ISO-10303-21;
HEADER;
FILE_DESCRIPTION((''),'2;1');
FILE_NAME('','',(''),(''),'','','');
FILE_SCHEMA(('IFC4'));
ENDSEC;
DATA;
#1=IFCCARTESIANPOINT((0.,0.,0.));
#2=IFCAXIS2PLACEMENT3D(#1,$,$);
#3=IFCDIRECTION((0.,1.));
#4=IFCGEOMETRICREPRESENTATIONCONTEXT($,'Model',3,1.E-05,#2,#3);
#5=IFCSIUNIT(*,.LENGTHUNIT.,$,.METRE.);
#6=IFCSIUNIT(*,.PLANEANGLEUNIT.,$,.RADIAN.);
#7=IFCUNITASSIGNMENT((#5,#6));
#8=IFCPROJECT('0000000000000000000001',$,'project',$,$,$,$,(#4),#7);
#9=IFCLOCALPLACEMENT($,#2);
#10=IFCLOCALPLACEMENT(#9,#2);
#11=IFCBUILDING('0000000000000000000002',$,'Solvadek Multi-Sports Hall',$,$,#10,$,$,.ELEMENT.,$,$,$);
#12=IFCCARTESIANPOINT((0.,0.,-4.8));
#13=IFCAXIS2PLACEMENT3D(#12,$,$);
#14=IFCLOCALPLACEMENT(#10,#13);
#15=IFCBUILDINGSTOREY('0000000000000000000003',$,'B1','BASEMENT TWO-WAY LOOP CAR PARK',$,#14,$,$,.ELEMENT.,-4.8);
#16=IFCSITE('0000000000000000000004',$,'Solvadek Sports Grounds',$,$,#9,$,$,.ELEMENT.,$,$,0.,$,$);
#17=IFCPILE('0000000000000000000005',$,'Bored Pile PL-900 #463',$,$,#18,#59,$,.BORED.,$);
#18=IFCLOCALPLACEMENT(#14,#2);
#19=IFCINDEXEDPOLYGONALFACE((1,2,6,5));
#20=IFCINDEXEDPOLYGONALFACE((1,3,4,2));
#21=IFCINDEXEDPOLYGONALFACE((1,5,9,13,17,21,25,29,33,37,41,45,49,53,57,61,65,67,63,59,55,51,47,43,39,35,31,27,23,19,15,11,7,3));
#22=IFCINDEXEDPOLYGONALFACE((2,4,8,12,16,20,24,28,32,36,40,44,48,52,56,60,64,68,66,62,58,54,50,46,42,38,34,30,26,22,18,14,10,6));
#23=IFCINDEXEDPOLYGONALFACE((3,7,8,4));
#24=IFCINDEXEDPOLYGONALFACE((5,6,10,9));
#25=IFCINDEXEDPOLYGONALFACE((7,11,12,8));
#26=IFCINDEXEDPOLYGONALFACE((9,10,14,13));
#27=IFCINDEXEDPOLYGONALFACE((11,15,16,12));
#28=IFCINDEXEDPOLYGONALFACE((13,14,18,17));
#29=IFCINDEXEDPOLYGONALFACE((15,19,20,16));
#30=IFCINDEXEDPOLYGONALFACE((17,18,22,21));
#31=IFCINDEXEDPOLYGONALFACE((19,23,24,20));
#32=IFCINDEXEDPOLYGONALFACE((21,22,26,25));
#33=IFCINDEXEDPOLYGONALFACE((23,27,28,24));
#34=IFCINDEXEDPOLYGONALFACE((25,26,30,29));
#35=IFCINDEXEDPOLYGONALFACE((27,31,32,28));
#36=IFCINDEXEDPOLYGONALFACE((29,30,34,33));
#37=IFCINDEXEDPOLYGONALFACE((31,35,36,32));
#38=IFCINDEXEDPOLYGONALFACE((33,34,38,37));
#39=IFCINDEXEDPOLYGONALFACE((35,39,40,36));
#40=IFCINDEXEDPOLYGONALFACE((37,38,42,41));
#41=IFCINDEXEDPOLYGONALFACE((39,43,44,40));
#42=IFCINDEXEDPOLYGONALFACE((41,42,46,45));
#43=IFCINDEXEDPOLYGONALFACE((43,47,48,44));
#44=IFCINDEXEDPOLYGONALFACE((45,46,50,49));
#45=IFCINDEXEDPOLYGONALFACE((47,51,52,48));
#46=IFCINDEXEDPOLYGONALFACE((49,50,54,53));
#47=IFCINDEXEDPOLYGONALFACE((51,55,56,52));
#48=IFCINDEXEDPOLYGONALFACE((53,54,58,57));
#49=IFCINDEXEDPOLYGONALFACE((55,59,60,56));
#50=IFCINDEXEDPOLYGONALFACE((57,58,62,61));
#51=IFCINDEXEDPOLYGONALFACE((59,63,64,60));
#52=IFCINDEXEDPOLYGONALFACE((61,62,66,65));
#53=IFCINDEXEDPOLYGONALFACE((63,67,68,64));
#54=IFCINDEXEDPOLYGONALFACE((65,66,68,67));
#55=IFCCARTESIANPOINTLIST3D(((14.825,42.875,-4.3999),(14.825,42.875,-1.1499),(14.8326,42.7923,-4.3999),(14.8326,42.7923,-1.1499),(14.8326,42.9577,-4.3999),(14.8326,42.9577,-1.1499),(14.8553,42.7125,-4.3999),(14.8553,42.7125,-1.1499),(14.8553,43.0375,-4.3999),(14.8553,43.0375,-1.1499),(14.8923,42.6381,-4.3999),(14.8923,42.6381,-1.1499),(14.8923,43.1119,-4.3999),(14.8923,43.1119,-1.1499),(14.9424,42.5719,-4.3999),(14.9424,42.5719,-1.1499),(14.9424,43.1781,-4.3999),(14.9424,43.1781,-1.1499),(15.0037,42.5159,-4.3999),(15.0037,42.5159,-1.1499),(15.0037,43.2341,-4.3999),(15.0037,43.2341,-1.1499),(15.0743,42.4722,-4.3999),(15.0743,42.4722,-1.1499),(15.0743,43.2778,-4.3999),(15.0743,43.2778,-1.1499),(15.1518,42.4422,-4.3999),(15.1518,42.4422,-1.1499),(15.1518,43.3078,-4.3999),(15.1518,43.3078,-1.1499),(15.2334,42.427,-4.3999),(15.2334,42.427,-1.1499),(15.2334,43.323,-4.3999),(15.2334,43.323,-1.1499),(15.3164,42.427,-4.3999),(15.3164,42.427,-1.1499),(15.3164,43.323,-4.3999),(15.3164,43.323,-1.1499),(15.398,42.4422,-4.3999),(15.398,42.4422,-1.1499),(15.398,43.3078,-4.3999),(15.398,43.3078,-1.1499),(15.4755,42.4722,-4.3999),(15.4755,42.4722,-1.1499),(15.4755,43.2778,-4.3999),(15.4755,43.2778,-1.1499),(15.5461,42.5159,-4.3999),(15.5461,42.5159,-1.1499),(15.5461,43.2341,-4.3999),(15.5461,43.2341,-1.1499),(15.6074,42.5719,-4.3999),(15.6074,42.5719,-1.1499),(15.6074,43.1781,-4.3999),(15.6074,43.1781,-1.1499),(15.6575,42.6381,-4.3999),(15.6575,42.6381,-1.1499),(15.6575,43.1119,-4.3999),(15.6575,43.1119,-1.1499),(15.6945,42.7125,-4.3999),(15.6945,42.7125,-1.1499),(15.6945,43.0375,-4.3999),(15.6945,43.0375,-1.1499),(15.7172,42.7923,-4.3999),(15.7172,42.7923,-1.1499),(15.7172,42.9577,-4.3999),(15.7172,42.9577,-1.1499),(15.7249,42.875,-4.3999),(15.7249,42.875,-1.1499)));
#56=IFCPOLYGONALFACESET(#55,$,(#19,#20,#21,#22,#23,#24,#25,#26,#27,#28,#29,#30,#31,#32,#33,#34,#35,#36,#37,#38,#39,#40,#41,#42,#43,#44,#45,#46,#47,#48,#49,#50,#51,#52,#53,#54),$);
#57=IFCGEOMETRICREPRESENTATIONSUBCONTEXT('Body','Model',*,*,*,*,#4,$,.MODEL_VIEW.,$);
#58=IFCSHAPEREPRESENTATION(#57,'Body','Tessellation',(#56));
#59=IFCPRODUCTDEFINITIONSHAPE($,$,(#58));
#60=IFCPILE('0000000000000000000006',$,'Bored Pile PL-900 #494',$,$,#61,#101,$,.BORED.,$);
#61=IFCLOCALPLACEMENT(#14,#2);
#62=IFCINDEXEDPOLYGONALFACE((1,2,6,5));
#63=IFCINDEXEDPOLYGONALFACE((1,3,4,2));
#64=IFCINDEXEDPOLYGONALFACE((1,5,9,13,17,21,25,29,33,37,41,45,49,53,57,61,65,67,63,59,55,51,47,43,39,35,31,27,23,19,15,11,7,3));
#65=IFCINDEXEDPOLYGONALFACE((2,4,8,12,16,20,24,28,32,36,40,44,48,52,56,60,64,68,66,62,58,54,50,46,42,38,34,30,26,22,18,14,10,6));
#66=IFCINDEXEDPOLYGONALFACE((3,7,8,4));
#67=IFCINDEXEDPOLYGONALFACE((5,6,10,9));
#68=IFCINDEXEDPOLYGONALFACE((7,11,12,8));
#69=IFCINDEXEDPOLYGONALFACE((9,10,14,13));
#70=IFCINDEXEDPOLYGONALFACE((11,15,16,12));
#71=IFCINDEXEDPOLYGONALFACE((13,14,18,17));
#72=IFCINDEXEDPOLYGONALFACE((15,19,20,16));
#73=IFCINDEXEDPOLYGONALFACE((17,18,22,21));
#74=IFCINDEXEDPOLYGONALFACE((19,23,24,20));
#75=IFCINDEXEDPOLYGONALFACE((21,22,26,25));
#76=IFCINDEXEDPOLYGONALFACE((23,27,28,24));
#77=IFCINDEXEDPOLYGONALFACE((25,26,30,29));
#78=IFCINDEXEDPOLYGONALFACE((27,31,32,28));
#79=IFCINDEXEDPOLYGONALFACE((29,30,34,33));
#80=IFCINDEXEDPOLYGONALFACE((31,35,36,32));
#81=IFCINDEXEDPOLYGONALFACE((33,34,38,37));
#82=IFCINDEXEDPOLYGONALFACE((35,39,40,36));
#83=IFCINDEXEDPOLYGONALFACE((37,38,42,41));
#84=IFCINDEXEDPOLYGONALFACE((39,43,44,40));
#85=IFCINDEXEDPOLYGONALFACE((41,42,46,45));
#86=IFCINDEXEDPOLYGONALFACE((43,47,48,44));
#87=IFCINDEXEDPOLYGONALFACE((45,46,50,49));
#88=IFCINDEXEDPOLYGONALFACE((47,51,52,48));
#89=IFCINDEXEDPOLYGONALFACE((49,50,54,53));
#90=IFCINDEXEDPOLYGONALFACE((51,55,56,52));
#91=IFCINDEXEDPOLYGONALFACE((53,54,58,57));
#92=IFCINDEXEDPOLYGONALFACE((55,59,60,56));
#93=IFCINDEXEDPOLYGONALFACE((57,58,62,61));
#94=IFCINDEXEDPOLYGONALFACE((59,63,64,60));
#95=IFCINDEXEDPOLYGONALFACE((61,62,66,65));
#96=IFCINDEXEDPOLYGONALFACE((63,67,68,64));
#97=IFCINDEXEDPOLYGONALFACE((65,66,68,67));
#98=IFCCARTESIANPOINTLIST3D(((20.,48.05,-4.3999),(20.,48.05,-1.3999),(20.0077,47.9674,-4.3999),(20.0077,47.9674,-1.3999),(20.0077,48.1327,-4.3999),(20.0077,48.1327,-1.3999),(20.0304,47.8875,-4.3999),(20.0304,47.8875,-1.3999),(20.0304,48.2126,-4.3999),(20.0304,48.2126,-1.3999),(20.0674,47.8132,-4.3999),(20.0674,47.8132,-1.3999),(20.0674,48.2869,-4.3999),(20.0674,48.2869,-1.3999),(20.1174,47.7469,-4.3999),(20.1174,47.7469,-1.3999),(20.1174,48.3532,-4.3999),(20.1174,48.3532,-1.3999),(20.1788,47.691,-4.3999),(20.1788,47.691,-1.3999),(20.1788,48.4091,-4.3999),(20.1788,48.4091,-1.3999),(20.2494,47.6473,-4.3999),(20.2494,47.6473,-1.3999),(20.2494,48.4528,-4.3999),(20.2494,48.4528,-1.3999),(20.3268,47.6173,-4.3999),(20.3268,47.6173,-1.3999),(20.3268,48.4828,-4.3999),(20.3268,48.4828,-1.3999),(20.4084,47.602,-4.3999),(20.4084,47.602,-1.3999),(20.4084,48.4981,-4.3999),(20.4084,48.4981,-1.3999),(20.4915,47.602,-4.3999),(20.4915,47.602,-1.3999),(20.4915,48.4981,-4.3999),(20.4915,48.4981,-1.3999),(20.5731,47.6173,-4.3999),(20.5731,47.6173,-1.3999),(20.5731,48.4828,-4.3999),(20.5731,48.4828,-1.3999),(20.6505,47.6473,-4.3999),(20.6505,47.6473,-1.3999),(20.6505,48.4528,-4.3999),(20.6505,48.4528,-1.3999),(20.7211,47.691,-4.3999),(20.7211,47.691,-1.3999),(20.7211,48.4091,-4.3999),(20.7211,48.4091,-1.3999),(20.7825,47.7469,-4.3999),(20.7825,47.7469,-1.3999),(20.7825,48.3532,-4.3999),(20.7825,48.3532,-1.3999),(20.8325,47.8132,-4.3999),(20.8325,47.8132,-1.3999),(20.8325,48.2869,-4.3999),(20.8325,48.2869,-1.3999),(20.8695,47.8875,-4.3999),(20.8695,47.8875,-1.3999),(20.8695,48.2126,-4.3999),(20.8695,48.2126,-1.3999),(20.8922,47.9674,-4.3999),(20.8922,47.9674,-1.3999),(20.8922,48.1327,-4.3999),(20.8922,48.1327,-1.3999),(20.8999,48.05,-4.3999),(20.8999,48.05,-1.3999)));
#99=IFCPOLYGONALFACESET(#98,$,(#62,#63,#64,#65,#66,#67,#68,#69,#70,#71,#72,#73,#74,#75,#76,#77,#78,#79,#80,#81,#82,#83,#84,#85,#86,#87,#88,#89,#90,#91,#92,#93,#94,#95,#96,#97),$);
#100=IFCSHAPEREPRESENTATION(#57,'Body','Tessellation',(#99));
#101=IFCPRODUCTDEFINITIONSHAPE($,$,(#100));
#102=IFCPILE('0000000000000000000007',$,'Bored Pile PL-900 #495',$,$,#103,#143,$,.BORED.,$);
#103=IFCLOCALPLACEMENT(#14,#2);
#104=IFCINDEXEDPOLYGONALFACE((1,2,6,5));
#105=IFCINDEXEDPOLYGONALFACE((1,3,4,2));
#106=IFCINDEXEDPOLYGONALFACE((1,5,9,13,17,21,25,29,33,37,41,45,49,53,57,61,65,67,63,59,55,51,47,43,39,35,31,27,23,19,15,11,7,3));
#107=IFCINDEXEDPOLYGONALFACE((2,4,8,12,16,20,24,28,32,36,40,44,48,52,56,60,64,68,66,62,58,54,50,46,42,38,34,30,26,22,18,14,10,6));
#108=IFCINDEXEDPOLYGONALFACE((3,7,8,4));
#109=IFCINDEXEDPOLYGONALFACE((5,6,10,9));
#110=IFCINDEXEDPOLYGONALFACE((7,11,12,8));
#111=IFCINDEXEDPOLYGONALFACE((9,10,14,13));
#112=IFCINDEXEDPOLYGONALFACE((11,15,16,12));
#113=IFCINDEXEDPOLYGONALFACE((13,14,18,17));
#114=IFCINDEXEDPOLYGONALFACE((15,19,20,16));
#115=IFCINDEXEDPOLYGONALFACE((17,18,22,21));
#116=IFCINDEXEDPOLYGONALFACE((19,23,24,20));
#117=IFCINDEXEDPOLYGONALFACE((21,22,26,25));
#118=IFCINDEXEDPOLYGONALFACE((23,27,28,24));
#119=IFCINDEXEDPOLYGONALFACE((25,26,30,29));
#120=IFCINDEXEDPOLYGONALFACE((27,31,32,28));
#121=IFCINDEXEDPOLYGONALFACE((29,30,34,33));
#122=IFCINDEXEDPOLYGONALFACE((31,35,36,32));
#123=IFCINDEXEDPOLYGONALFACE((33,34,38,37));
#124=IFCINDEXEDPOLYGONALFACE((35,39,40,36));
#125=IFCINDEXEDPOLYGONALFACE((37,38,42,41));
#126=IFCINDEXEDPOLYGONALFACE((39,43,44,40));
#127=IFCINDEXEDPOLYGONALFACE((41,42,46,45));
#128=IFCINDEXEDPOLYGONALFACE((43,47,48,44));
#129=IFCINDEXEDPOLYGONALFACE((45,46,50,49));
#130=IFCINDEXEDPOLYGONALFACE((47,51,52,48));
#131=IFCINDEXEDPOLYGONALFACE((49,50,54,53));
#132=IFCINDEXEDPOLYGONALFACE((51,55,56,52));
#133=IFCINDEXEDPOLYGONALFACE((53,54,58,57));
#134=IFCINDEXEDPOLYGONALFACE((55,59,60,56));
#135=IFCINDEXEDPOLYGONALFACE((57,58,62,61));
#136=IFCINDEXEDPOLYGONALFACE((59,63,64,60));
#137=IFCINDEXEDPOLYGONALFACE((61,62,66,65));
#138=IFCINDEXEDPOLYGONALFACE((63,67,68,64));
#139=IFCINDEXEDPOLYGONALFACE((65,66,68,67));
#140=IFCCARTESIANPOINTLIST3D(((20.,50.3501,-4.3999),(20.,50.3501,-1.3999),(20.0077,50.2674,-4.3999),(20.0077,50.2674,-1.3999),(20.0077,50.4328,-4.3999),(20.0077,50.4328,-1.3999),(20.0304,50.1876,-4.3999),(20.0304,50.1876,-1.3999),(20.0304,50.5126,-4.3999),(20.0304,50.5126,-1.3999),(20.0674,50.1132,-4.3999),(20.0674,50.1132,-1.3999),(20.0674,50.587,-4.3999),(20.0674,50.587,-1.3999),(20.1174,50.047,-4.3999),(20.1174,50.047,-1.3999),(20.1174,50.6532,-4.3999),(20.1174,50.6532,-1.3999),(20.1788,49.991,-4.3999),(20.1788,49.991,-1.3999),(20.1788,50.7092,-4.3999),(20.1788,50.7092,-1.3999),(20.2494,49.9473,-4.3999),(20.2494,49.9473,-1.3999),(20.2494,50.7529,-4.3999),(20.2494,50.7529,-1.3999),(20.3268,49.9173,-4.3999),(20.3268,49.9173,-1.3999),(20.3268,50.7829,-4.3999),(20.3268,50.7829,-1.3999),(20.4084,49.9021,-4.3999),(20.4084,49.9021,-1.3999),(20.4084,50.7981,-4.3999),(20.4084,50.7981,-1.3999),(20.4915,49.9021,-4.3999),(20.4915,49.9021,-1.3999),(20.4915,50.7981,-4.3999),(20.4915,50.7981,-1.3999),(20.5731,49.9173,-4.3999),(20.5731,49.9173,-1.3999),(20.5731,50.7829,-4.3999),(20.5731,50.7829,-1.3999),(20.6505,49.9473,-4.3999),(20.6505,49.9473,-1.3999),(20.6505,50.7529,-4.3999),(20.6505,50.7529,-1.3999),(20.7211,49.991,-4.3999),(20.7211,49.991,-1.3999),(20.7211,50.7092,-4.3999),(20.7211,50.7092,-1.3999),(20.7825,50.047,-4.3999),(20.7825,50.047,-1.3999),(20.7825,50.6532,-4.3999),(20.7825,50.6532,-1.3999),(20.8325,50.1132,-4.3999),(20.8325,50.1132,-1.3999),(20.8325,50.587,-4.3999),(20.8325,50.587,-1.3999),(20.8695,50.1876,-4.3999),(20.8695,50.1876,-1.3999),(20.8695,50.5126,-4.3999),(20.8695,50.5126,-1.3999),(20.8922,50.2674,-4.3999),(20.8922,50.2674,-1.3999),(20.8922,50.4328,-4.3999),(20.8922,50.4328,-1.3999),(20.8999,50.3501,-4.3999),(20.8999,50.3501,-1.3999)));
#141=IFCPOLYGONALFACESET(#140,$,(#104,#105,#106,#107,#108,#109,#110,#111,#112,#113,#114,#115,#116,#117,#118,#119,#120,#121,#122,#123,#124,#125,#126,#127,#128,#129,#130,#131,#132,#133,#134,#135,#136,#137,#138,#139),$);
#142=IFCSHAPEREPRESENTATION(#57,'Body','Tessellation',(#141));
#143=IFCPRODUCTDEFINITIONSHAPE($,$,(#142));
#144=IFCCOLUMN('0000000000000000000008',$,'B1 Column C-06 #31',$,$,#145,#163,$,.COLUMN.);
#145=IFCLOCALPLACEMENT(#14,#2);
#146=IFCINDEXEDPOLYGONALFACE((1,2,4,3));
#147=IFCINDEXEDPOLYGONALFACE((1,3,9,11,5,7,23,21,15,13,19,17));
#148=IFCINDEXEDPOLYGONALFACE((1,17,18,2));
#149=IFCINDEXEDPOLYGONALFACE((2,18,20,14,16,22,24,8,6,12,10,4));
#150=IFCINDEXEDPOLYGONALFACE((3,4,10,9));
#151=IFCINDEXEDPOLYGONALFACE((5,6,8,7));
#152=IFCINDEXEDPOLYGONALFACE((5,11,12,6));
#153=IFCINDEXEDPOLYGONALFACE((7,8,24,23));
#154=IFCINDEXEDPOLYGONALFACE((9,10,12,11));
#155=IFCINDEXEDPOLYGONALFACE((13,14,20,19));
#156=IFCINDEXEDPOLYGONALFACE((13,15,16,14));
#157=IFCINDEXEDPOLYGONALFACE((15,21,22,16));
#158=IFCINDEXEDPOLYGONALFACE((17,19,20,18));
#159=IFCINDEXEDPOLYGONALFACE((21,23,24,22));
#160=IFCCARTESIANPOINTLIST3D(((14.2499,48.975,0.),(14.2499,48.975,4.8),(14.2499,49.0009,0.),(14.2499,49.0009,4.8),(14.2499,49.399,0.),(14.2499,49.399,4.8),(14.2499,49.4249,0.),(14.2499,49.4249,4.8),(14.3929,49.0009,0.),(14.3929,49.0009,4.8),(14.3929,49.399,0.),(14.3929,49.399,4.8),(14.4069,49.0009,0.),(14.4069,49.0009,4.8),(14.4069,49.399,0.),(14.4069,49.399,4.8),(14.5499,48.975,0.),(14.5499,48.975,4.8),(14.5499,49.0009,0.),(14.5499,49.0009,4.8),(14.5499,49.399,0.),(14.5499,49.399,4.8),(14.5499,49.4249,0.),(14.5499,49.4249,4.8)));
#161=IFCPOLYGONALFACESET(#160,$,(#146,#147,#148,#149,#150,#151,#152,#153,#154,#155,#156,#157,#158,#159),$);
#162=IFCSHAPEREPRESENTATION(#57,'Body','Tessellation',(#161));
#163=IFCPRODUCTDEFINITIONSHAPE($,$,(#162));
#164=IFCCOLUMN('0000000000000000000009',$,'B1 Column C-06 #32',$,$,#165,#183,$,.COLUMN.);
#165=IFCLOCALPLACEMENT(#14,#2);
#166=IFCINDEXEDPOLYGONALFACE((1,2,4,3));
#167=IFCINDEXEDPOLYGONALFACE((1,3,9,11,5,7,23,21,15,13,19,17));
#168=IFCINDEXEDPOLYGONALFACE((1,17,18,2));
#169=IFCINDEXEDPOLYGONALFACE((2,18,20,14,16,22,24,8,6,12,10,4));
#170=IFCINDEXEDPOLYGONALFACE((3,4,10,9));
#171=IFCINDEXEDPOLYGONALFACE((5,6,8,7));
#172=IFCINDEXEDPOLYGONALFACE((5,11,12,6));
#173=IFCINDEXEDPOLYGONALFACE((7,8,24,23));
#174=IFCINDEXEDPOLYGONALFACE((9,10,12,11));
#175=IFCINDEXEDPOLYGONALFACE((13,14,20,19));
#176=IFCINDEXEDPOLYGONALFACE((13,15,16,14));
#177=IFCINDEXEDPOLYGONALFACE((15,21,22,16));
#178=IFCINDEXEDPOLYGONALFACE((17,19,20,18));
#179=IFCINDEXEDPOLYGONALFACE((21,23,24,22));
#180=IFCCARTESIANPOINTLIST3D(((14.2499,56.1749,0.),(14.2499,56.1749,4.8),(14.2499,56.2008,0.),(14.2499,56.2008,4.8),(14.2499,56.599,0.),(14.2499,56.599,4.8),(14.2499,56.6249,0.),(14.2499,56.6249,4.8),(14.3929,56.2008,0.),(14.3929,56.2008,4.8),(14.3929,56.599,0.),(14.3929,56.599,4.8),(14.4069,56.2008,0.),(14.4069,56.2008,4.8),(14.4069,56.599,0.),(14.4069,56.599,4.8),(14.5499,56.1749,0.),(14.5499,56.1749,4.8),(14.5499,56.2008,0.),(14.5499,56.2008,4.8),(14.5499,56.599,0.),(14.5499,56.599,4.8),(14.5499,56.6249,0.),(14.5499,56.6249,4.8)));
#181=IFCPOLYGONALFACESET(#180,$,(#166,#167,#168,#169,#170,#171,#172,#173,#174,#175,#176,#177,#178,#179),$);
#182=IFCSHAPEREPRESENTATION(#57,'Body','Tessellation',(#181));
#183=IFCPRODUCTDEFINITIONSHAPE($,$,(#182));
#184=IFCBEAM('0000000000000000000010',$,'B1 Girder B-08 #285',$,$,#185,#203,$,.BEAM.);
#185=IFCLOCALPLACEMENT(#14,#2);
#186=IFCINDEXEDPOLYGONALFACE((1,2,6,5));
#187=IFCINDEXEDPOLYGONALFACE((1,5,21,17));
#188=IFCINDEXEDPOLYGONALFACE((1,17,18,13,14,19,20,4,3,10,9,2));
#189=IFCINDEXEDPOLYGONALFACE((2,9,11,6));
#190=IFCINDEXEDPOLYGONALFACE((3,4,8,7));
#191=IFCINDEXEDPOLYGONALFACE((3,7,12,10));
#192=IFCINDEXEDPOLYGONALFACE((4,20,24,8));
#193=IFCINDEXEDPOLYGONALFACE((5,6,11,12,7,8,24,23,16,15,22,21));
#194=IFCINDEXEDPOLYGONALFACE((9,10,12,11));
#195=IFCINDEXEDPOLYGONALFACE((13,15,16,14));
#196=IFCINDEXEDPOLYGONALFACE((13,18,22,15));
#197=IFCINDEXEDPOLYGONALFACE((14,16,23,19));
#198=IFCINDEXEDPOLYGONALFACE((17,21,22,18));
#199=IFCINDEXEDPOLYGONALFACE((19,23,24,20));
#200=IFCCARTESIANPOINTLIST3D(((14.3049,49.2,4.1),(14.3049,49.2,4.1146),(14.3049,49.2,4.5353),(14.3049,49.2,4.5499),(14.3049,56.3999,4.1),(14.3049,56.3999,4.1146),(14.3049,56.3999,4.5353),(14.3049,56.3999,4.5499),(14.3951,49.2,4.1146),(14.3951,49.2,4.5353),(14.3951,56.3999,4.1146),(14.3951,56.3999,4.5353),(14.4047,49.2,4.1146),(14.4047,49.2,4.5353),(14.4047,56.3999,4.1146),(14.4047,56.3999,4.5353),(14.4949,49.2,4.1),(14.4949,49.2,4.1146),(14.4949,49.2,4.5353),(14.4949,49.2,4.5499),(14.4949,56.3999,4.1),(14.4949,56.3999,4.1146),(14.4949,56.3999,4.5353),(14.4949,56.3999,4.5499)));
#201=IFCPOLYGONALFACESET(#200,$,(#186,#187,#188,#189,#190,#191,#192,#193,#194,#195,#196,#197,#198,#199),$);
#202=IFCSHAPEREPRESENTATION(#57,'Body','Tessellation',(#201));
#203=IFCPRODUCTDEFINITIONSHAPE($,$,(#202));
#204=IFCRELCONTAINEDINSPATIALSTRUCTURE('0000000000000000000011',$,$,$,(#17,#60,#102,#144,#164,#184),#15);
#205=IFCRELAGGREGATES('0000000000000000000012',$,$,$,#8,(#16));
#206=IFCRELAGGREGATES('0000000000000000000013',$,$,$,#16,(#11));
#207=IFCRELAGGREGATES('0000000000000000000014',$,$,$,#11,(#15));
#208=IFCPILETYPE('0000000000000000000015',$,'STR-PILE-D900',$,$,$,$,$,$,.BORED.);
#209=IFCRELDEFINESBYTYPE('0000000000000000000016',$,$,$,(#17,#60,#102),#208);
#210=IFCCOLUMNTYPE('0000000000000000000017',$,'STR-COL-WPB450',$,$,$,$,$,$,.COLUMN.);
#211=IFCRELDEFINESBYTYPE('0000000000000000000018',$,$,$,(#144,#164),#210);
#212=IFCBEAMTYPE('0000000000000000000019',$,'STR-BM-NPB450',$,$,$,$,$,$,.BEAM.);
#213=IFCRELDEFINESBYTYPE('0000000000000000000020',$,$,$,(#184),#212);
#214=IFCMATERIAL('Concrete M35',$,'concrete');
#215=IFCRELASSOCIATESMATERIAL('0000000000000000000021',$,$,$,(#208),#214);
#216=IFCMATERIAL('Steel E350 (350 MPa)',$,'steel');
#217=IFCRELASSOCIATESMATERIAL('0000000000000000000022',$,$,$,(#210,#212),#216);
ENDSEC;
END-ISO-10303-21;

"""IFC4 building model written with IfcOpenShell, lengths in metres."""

from ifc_helpers import new_model, si_unit, direction, frame, origin, origin_2d, place, context, subcontext, project, spatial, circle, i_section, extrude, material, material_profile, profile_set, type_object, element, save


model = new_model("IFC4")

# Units and contexts
model_context = context("Model", 3, precision=1e-05, world=origin(), true_north=direction((0.0, 1.0)))
body_context = subcontext(model_context, "Body", "Model", "MODEL_VIEW")
ifc_project = project(units=[si_unit("LENGTHUNIT", "METRE"), si_unit("PLANEANGLEUNIT", "RADIAN")], contexts=[model_context])

# Site, building, storey
site_placement = place(None, origin())
site = spatial("IfcSite", under=ifc_project, at=site_placement, Name="Solvadek Sports Grounds", CompositionType="ELEMENT", RefElevation=0.0)
building_placement = place(site_placement, origin())
building = spatial("IfcBuilding", under=site, at=building_placement, Name="Solvadek Multi-Sports Hall", CompositionType="ELEMENT")
storey_placement = place(building_placement, frame((0.0, 0.0, -4.8)))
storey = spatial("IfcBuildingStorey", under=building, at=storey_placement, Name="B1", Description="BASEMENT TWO-WAY LOOP CAR PARK", CompositionType="ELEMENT", Elevation=-4.8)

# Piles
ifc_material_1 = material(Name="Concrete M35", Category="concrete")
ifc_material_profile_1 = material_profile(ifc_material_1, circle(Radius=0.45, at=origin_2d()), Name="BORED PILE D900")
ifc_profile_set_1 = profile_set([ifc_material_profile_1], Name="Concrete M35")
pile_type_1 = type_object("IfcPileType", Name="STR-PILE-D900", PredefinedType="BORED", material=ifc_profile_set_1)
pile_1_placement = place(storey_placement, frame((15.2749, 42.875, -1.1499), z_axis=(0.0, 0.0, -1.0), x_axis=(1.0, 0.0, 0.0)))
element("IfcPile", 1, at=pile_1_placement, inside=storey, type_object=pile_type_1, Name="Bored Pile PL-900 #463", PredefinedType="BORED", context=body_context, shape_type="SweptSolid", body=[
    extrude(circle(Radius=0.45, at=origin_2d()), origin(), (0.0, 0.0, 1.0), 3.25),
])
for number, where, z_axis, x_axis, name in (
    (2, (20.45, 48.05, -1.3999), (0.0, 0.0, -1.0), (1.0, 0.0, 0.0), "Bored Pile PL-900 #494"),
    (3, (20.45, 50.3501, -1.3999), (0.0, 0.0, -1.0), (1.0, 0.0, 0.0), "Bored Pile PL-900 #495"),
):
    element("IfcPile", number, at=place(storey_placement, frame(where, z_axis=z_axis, x_axis=x_axis)), inside=storey, type_object=pile_type_1, Name=name, PredefinedType="BORED", context=body_context, shape_type="SweptSolid", body=[
        extrude(circle(Radius=0.45, at=origin_2d()), origin(), (0.0, 0.0, 1.0), 3.0),
    ])

# Columns
ifc_material_2 = material(Name="Steel E350 (350 MPa)", Category="steel")
ifc_material_profile_2 = material_profile(ifc_material_2, i_section(OverallWidth=0.3, OverallDepth=0.45, WebThickness=0.0139, FlangeThickness=0.0259, at=origin_2d()), Name="WPB 450")
ifc_profile_set_2 = profile_set([ifc_material_profile_2], Name="Steel E350 (350 MPa)")
column_type = type_object("IfcColumnType", Name="STR-COL-WPB450", PredefinedType="COLUMN", material=ifc_profile_set_2)
for number, where, z_axis, x_axis, name in (
    (4, (14.3999, 49.2, 0.0), (0.0, 0.0, 1.0), (1.0, 0.0, 0.0), "B1 Column C-06 #31"),
    (5, (14.3999, 56.3999, 0.0), (0.0, 0.0, 1.0), (1.0, 0.0, 0.0), "B1 Column C-06 #32"),
):
    element("IfcColumn", number, at=place(storey_placement, frame(where, z_axis=z_axis, x_axis=x_axis)), inside=storey, type_object=column_type, Name=name, PredefinedType="COLUMN", context=body_context, shape_type="SweptSolid", body=[
        extrude(i_section(OverallWidth=0.3, OverallDepth=0.45, WebThickness=0.0139, FlangeThickness=0.0259, at=origin_2d()), origin(), (0.0, 0.0, 1.0), 4.8),
    ])

# Beam
ifc_material_profile_3 = material_profile(ifc_material_2, i_section(OverallWidth=0.1899, OverallDepth=0.45, WebThickness=0.0095, FlangeThickness=0.0146, at=origin_2d()), Name="NPB 450")
ifc_profile_set_3 = profile_set([ifc_material_profile_3], Name="Steel E350 (350 MPa)")
beam_type_1 = type_object("IfcBeamType", Name="STR-BM-NPB450", PredefinedType="BEAM", material=ifc_profile_set_3)
beam_placement = place(storey_placement, frame((14.3999, 49.2, 4.325), z_axis=(0.0, 1.0, 0.0), x_axis=(-1.0, 0.0, 0.0)))
element("IfcBeam", 6, at=beam_placement, inside=storey, type_object=beam_type_1, Name="B1 Girder B-08 #285", PredefinedType="BEAM", context=body_context, shape_type="SweptSolid", body=[
    extrude(i_section(OverallWidth=0.1899, OverallDepth=0.45, WebThickness=0.0095, FlangeThickness=0.0146, at=origin_2d()), origin(), (0.0, 0.0, 1.0), 7.2),
])

save(model, "model.ifc")
